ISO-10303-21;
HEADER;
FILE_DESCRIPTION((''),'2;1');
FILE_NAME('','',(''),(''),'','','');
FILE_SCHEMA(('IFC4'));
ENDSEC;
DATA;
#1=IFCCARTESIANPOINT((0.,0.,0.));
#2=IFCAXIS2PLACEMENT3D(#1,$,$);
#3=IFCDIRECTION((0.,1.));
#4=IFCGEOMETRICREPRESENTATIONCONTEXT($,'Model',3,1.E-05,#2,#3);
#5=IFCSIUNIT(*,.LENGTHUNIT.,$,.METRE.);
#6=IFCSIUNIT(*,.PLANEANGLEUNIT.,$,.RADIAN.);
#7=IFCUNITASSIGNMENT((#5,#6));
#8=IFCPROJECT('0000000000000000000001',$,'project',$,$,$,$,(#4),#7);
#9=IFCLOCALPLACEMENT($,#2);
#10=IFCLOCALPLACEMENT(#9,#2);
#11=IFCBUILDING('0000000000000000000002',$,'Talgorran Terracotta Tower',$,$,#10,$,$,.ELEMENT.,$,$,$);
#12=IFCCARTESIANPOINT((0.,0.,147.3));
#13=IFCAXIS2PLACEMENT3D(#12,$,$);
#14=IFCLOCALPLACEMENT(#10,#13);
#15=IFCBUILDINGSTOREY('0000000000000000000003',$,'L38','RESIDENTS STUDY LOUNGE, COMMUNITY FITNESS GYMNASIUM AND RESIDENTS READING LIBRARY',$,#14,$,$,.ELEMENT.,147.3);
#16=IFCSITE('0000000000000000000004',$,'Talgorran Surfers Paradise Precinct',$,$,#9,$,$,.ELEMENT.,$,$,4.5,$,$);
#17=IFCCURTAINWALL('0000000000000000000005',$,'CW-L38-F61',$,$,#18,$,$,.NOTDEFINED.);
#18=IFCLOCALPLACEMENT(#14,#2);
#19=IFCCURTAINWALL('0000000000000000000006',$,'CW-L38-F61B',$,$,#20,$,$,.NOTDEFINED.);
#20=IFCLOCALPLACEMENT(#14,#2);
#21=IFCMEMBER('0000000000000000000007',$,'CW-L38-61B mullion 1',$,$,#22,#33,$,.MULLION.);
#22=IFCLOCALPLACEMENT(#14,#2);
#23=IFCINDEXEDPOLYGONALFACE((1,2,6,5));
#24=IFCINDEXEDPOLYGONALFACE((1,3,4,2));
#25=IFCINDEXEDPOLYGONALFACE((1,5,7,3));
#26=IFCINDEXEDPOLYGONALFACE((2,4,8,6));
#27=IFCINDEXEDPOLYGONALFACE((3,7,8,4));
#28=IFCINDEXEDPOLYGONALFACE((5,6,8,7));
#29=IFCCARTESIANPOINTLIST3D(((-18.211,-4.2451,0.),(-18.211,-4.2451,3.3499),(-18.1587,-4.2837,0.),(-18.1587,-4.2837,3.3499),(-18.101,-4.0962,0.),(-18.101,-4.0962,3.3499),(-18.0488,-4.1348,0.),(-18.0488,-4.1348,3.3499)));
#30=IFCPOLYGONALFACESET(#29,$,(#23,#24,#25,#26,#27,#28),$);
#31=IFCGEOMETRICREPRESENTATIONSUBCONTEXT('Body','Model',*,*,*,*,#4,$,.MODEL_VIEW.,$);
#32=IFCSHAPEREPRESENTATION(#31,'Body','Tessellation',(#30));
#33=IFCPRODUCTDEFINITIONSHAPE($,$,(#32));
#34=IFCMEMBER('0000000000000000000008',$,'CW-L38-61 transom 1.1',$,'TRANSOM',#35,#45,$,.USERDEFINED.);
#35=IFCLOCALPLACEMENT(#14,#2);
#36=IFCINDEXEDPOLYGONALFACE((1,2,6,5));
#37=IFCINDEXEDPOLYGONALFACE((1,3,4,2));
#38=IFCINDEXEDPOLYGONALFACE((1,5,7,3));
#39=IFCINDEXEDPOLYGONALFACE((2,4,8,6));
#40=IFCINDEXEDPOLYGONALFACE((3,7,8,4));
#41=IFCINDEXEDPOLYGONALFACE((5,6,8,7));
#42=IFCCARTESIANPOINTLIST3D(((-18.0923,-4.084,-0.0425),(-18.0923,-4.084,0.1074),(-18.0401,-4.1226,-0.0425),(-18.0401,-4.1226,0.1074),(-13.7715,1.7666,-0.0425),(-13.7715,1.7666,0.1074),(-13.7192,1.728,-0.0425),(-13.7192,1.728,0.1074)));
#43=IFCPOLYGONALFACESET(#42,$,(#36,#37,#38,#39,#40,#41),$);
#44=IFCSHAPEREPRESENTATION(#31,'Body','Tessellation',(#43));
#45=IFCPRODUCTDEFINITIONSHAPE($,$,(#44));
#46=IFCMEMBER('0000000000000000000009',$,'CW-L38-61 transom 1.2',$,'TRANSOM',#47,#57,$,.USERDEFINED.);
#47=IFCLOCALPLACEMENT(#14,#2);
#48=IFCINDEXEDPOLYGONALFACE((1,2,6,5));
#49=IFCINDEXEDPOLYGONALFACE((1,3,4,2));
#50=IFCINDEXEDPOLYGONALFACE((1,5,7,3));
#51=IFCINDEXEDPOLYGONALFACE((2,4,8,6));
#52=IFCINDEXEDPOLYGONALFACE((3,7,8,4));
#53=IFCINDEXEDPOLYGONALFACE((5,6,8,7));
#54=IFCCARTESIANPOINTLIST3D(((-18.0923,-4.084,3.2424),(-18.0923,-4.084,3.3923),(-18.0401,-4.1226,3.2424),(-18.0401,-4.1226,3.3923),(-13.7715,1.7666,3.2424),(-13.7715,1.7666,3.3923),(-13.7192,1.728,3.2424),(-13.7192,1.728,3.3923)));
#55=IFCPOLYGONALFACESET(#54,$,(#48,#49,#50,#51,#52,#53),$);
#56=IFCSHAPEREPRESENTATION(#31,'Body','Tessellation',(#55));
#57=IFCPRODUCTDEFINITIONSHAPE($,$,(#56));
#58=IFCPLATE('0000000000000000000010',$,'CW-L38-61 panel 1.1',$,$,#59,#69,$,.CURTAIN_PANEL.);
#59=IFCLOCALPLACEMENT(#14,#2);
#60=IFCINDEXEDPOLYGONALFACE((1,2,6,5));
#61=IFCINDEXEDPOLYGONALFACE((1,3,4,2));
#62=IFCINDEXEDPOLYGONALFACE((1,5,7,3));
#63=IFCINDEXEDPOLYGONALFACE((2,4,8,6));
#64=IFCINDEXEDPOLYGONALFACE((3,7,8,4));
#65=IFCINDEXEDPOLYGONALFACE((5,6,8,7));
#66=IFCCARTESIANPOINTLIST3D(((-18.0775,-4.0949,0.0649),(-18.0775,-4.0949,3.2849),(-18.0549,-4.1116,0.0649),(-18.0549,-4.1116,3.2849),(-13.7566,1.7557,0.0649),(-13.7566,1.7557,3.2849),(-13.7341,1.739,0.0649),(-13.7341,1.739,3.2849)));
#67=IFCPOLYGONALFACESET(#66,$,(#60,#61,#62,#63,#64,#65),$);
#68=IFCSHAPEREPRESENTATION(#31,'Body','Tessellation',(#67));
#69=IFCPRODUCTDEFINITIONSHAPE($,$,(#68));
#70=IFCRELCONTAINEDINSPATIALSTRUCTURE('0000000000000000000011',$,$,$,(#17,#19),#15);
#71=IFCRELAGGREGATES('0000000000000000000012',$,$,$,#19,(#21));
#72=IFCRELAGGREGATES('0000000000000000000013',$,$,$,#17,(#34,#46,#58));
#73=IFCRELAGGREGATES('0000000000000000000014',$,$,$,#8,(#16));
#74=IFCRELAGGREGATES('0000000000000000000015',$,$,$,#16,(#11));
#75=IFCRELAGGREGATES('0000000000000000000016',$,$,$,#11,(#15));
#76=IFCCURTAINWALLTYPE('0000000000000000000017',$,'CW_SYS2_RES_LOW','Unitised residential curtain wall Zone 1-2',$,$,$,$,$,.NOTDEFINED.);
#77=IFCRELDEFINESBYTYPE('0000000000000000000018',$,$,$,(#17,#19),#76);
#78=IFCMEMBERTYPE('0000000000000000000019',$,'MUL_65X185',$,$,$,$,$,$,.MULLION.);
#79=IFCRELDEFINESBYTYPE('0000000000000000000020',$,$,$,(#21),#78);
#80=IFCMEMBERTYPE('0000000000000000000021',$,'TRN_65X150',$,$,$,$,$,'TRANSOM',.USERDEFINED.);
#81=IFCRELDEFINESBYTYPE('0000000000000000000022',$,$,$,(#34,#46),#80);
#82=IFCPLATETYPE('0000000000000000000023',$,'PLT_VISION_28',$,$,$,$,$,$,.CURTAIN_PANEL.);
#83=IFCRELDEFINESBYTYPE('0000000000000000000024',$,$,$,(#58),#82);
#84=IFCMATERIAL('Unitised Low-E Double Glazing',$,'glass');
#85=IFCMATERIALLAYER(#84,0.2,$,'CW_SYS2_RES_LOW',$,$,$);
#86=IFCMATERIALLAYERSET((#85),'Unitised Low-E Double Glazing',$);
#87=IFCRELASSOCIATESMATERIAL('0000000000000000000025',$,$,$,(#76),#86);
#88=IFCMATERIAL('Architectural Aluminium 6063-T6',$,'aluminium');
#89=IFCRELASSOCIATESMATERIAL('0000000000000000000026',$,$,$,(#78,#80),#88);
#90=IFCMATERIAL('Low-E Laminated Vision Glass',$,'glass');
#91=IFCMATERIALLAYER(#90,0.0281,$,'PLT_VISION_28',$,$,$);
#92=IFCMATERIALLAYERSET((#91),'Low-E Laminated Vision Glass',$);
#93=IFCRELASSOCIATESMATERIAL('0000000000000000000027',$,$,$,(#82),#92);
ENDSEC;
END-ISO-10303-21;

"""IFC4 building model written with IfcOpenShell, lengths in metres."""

from ifc_helpers import new_model, si_unit, direction, frame, origin, origin_2d, place, context, subcontext, project, spatial, rectangle, extrude, source, transform, mapped, material, layer, layer_set, material_profile, profile_set, type_object, type_shapes, element, aggregate, save


model = new_model("IFC4")

# Units and contexts
model_context = context("Model", 3, precision=1e-05, world=origin(), true_north=direction((0.0, 1.0)))
body_context = subcontext(model_context, "Body", "Model", "MODEL_VIEW")
ifc_project = project(units=[si_unit("LENGTHUNIT", "METRE"), si_unit("PLANEANGLEUNIT", "RADIAN")], contexts=[model_context])

# Site, building, storey
site_placement = place(None, origin())
site = spatial("IfcSite", under=ifc_project, at=site_placement, Name="Talgorran Surfers Paradise Precinct", CompositionType="ELEMENT", RefElevation=4.5)
building_placement = place(site_placement, origin())
building = spatial("IfcBuilding", under=site, at=building_placement, Name="Talgorran Terracotta Tower", CompositionType="ELEMENT")
storey_placement = place(building_placement, frame((0.0, 0.0, 147.3)))
storey = spatial("IfcBuildingStorey", under=building, at=storey_placement, Name="L38", Description="RESIDENTS STUDY LOUNGE, COMMUNITY FITNESS GYMNASIUM AND RESIDENTS READING LIBRARY", CompositionType="ELEMENT", Elevation=147.3)

# Curtain wall
ifc_material_1 = material(Name="Unitised Low-E Double Glazing", Category="glass")
ifc_layer_1 = layer(ifc_material_1, 0.2, Name="CW_SYS2_RES_LOW")
ifc_layer_set_1 = layer_set([ifc_layer_1], Name="Unitised Low-E Double Glazing")
curtain_wall_type = type_object("IfcCurtainWallType", Name="CW_SYS2_RES_LOW", Description="Unitised residential curtain wall Zone 1-2", PredefinedType="NOTDEFINED", material=ifc_layer_set_1)
curtain_wall_1_placement = place(storey_placement, origin())
curtain_wall_1 = element("IfcCurtainWall", 1, at=curtain_wall_1_placement, inside=storey, type_object=curtain_wall_type, Name="CW-L38-F61", PredefinedType="NOTDEFINED")
ifc_material_2 = material(Name="Architectural Aluminium 6063-T6", Category="aluminium")
ifc_material_profile_1 = material_profile(ifc_material_2, rectangle(XDim=0.0649, YDim=0.1851, at=origin_2d()), Name="CWM65X185")
ifc_profile_set_1 = profile_set([ifc_material_profile_1], Name="Architectural Aluminium 6063-T6")
member_type_1 = type_object("IfcMemberType", Name="MUL_65X185", PredefinedType="MULLION", material=ifc_profile_set_1)

# Curtain wall, member
curtain_wall_2_placement = place(storey_placement, origin())
curtain_wall_2 = element("IfcCurtainWall", 2, at=curtain_wall_2_placement, inside=storey, type_object=curtain_wall_type, Name="CW-L38-F61B", PredefinedType="NOTDEFINED")
member_1_placement = place(storey_placement, frame((-18.1299, -4.1899, 0.0), z_axis=(0.0, 0.0, 1.0), x_axis=(0.8044, -0.594087, 0.0)))
member_1 = element("IfcMember", 3, at=member_1_placement, type_object=member_type_1, Name="CW-L38-61B mullion 1", PredefinedType="MULLION", context=body_context, shape_type="SweptSolid", body=[
    extrude(rectangle(XDim=0.0649, YDim=0.1851, at=origin_2d()), origin(), (0.0, 0.0, 1.0), 3.3499),
])
aggregate(curtain_wall_2, [member_1])

# Members
ifc_material_profile_2 = material_profile(ifc_material_2, rectangle(XDim=0.0649, YDim=0.1499, at=origin_2d()), Name="CWT65X150")
ifc_profile_set_2 = profile_set([ifc_material_profile_2], Name="Architectural Aluminium 6063-T6")
member_type_2 = type_object("IfcMemberType", Name="TRN_65X150", ElementType="TRANSOM", PredefinedType="USERDEFINED", material=ifc_profile_set_2)
member_2_placement = place(storey_placement, frame((-13.7454, 1.7473, 0.0325), z_axis=(-0.594076, -0.804409, 0.0), x_axis=(0.804409, -0.594076, 0.0)))
member_2 = element("IfcMember", 4, at=member_2_placement, type_object=member_type_2, Name="CW-L38-61 transom 1.1", ObjectType="TRANSOM", PredefinedType="USERDEFINED", context=body_context, shape_type="SweptSolid", body=[
    extrude(rectangle(XDim=0.0649, YDim=0.1499, at=origin_2d()), origin(), (0.0, 0.0, 1.0), 7.2732),
])
member_3_placement = place(storey_placement, frame((-13.7454, 1.7473, 3.3174), z_axis=(-0.594076, -0.804409, 0.0), x_axis=(0.804409, -0.594076, 0.0)))
member_3 = element("IfcMember", 5, at=member_3_placement, type_object=member_type_2, Name="CW-L38-61 transom 1.2", ObjectType="TRANSOM", PredefinedType="USERDEFINED", context=body_context, shape_type="SweptSolid", body=[
    extrude(rectangle(XDim=0.0649, YDim=0.1499, at=origin_2d()), origin(), (0.0, 0.0, 1.0), 7.2732),
])

# Plate
ifc_material_3 = material(Name="Low-E Laminated Vision Glass", Category="glass")
ifc_layer_2 = layer(ifc_material_3, 0.0281, Name="PLT_VISION_28")
ifc_layer_set_2 = layer_set([ifc_layer_2], Name="Low-E Laminated Vision Glass")
plate_type = type_object("IfcPlateType", Name="PLT_VISION_28", PredefinedType="CURTAIN_PANEL", material=ifc_layer_set_2)
shared_shape = source(origin(), body_context, "Body", "SweptSolid", [
    extrude(rectangle(XDim=7.2732, YDim=0.0281, at=origin_2d()), origin(), (0.0, 0.0, 1.0), 3.22),
])
type_shapes(plate_type, [shared_shape])
plate_placement = place(storey_placement, frame((-15.9058, -1.178, 0.0649), z_axis=(0.0, 0.0, 1.0), x_axis=(-0.594077, -0.804408, 0.0)))
plate = element("IfcPlate", 6, at=plate_placement, type_object=plate_type, Name="CW-L38-61 panel 1.1", PredefinedType="CURTAIN_PANEL", context=body_context, shape_type="MappedRepresentation", body=[
    mapped(shared_shape, transform((0.0, 0.0, 0.0), scale=1.0)),
])
aggregate(curtain_wall_1, [member_2, member_3, plate])

save(model, "model.ifc")
